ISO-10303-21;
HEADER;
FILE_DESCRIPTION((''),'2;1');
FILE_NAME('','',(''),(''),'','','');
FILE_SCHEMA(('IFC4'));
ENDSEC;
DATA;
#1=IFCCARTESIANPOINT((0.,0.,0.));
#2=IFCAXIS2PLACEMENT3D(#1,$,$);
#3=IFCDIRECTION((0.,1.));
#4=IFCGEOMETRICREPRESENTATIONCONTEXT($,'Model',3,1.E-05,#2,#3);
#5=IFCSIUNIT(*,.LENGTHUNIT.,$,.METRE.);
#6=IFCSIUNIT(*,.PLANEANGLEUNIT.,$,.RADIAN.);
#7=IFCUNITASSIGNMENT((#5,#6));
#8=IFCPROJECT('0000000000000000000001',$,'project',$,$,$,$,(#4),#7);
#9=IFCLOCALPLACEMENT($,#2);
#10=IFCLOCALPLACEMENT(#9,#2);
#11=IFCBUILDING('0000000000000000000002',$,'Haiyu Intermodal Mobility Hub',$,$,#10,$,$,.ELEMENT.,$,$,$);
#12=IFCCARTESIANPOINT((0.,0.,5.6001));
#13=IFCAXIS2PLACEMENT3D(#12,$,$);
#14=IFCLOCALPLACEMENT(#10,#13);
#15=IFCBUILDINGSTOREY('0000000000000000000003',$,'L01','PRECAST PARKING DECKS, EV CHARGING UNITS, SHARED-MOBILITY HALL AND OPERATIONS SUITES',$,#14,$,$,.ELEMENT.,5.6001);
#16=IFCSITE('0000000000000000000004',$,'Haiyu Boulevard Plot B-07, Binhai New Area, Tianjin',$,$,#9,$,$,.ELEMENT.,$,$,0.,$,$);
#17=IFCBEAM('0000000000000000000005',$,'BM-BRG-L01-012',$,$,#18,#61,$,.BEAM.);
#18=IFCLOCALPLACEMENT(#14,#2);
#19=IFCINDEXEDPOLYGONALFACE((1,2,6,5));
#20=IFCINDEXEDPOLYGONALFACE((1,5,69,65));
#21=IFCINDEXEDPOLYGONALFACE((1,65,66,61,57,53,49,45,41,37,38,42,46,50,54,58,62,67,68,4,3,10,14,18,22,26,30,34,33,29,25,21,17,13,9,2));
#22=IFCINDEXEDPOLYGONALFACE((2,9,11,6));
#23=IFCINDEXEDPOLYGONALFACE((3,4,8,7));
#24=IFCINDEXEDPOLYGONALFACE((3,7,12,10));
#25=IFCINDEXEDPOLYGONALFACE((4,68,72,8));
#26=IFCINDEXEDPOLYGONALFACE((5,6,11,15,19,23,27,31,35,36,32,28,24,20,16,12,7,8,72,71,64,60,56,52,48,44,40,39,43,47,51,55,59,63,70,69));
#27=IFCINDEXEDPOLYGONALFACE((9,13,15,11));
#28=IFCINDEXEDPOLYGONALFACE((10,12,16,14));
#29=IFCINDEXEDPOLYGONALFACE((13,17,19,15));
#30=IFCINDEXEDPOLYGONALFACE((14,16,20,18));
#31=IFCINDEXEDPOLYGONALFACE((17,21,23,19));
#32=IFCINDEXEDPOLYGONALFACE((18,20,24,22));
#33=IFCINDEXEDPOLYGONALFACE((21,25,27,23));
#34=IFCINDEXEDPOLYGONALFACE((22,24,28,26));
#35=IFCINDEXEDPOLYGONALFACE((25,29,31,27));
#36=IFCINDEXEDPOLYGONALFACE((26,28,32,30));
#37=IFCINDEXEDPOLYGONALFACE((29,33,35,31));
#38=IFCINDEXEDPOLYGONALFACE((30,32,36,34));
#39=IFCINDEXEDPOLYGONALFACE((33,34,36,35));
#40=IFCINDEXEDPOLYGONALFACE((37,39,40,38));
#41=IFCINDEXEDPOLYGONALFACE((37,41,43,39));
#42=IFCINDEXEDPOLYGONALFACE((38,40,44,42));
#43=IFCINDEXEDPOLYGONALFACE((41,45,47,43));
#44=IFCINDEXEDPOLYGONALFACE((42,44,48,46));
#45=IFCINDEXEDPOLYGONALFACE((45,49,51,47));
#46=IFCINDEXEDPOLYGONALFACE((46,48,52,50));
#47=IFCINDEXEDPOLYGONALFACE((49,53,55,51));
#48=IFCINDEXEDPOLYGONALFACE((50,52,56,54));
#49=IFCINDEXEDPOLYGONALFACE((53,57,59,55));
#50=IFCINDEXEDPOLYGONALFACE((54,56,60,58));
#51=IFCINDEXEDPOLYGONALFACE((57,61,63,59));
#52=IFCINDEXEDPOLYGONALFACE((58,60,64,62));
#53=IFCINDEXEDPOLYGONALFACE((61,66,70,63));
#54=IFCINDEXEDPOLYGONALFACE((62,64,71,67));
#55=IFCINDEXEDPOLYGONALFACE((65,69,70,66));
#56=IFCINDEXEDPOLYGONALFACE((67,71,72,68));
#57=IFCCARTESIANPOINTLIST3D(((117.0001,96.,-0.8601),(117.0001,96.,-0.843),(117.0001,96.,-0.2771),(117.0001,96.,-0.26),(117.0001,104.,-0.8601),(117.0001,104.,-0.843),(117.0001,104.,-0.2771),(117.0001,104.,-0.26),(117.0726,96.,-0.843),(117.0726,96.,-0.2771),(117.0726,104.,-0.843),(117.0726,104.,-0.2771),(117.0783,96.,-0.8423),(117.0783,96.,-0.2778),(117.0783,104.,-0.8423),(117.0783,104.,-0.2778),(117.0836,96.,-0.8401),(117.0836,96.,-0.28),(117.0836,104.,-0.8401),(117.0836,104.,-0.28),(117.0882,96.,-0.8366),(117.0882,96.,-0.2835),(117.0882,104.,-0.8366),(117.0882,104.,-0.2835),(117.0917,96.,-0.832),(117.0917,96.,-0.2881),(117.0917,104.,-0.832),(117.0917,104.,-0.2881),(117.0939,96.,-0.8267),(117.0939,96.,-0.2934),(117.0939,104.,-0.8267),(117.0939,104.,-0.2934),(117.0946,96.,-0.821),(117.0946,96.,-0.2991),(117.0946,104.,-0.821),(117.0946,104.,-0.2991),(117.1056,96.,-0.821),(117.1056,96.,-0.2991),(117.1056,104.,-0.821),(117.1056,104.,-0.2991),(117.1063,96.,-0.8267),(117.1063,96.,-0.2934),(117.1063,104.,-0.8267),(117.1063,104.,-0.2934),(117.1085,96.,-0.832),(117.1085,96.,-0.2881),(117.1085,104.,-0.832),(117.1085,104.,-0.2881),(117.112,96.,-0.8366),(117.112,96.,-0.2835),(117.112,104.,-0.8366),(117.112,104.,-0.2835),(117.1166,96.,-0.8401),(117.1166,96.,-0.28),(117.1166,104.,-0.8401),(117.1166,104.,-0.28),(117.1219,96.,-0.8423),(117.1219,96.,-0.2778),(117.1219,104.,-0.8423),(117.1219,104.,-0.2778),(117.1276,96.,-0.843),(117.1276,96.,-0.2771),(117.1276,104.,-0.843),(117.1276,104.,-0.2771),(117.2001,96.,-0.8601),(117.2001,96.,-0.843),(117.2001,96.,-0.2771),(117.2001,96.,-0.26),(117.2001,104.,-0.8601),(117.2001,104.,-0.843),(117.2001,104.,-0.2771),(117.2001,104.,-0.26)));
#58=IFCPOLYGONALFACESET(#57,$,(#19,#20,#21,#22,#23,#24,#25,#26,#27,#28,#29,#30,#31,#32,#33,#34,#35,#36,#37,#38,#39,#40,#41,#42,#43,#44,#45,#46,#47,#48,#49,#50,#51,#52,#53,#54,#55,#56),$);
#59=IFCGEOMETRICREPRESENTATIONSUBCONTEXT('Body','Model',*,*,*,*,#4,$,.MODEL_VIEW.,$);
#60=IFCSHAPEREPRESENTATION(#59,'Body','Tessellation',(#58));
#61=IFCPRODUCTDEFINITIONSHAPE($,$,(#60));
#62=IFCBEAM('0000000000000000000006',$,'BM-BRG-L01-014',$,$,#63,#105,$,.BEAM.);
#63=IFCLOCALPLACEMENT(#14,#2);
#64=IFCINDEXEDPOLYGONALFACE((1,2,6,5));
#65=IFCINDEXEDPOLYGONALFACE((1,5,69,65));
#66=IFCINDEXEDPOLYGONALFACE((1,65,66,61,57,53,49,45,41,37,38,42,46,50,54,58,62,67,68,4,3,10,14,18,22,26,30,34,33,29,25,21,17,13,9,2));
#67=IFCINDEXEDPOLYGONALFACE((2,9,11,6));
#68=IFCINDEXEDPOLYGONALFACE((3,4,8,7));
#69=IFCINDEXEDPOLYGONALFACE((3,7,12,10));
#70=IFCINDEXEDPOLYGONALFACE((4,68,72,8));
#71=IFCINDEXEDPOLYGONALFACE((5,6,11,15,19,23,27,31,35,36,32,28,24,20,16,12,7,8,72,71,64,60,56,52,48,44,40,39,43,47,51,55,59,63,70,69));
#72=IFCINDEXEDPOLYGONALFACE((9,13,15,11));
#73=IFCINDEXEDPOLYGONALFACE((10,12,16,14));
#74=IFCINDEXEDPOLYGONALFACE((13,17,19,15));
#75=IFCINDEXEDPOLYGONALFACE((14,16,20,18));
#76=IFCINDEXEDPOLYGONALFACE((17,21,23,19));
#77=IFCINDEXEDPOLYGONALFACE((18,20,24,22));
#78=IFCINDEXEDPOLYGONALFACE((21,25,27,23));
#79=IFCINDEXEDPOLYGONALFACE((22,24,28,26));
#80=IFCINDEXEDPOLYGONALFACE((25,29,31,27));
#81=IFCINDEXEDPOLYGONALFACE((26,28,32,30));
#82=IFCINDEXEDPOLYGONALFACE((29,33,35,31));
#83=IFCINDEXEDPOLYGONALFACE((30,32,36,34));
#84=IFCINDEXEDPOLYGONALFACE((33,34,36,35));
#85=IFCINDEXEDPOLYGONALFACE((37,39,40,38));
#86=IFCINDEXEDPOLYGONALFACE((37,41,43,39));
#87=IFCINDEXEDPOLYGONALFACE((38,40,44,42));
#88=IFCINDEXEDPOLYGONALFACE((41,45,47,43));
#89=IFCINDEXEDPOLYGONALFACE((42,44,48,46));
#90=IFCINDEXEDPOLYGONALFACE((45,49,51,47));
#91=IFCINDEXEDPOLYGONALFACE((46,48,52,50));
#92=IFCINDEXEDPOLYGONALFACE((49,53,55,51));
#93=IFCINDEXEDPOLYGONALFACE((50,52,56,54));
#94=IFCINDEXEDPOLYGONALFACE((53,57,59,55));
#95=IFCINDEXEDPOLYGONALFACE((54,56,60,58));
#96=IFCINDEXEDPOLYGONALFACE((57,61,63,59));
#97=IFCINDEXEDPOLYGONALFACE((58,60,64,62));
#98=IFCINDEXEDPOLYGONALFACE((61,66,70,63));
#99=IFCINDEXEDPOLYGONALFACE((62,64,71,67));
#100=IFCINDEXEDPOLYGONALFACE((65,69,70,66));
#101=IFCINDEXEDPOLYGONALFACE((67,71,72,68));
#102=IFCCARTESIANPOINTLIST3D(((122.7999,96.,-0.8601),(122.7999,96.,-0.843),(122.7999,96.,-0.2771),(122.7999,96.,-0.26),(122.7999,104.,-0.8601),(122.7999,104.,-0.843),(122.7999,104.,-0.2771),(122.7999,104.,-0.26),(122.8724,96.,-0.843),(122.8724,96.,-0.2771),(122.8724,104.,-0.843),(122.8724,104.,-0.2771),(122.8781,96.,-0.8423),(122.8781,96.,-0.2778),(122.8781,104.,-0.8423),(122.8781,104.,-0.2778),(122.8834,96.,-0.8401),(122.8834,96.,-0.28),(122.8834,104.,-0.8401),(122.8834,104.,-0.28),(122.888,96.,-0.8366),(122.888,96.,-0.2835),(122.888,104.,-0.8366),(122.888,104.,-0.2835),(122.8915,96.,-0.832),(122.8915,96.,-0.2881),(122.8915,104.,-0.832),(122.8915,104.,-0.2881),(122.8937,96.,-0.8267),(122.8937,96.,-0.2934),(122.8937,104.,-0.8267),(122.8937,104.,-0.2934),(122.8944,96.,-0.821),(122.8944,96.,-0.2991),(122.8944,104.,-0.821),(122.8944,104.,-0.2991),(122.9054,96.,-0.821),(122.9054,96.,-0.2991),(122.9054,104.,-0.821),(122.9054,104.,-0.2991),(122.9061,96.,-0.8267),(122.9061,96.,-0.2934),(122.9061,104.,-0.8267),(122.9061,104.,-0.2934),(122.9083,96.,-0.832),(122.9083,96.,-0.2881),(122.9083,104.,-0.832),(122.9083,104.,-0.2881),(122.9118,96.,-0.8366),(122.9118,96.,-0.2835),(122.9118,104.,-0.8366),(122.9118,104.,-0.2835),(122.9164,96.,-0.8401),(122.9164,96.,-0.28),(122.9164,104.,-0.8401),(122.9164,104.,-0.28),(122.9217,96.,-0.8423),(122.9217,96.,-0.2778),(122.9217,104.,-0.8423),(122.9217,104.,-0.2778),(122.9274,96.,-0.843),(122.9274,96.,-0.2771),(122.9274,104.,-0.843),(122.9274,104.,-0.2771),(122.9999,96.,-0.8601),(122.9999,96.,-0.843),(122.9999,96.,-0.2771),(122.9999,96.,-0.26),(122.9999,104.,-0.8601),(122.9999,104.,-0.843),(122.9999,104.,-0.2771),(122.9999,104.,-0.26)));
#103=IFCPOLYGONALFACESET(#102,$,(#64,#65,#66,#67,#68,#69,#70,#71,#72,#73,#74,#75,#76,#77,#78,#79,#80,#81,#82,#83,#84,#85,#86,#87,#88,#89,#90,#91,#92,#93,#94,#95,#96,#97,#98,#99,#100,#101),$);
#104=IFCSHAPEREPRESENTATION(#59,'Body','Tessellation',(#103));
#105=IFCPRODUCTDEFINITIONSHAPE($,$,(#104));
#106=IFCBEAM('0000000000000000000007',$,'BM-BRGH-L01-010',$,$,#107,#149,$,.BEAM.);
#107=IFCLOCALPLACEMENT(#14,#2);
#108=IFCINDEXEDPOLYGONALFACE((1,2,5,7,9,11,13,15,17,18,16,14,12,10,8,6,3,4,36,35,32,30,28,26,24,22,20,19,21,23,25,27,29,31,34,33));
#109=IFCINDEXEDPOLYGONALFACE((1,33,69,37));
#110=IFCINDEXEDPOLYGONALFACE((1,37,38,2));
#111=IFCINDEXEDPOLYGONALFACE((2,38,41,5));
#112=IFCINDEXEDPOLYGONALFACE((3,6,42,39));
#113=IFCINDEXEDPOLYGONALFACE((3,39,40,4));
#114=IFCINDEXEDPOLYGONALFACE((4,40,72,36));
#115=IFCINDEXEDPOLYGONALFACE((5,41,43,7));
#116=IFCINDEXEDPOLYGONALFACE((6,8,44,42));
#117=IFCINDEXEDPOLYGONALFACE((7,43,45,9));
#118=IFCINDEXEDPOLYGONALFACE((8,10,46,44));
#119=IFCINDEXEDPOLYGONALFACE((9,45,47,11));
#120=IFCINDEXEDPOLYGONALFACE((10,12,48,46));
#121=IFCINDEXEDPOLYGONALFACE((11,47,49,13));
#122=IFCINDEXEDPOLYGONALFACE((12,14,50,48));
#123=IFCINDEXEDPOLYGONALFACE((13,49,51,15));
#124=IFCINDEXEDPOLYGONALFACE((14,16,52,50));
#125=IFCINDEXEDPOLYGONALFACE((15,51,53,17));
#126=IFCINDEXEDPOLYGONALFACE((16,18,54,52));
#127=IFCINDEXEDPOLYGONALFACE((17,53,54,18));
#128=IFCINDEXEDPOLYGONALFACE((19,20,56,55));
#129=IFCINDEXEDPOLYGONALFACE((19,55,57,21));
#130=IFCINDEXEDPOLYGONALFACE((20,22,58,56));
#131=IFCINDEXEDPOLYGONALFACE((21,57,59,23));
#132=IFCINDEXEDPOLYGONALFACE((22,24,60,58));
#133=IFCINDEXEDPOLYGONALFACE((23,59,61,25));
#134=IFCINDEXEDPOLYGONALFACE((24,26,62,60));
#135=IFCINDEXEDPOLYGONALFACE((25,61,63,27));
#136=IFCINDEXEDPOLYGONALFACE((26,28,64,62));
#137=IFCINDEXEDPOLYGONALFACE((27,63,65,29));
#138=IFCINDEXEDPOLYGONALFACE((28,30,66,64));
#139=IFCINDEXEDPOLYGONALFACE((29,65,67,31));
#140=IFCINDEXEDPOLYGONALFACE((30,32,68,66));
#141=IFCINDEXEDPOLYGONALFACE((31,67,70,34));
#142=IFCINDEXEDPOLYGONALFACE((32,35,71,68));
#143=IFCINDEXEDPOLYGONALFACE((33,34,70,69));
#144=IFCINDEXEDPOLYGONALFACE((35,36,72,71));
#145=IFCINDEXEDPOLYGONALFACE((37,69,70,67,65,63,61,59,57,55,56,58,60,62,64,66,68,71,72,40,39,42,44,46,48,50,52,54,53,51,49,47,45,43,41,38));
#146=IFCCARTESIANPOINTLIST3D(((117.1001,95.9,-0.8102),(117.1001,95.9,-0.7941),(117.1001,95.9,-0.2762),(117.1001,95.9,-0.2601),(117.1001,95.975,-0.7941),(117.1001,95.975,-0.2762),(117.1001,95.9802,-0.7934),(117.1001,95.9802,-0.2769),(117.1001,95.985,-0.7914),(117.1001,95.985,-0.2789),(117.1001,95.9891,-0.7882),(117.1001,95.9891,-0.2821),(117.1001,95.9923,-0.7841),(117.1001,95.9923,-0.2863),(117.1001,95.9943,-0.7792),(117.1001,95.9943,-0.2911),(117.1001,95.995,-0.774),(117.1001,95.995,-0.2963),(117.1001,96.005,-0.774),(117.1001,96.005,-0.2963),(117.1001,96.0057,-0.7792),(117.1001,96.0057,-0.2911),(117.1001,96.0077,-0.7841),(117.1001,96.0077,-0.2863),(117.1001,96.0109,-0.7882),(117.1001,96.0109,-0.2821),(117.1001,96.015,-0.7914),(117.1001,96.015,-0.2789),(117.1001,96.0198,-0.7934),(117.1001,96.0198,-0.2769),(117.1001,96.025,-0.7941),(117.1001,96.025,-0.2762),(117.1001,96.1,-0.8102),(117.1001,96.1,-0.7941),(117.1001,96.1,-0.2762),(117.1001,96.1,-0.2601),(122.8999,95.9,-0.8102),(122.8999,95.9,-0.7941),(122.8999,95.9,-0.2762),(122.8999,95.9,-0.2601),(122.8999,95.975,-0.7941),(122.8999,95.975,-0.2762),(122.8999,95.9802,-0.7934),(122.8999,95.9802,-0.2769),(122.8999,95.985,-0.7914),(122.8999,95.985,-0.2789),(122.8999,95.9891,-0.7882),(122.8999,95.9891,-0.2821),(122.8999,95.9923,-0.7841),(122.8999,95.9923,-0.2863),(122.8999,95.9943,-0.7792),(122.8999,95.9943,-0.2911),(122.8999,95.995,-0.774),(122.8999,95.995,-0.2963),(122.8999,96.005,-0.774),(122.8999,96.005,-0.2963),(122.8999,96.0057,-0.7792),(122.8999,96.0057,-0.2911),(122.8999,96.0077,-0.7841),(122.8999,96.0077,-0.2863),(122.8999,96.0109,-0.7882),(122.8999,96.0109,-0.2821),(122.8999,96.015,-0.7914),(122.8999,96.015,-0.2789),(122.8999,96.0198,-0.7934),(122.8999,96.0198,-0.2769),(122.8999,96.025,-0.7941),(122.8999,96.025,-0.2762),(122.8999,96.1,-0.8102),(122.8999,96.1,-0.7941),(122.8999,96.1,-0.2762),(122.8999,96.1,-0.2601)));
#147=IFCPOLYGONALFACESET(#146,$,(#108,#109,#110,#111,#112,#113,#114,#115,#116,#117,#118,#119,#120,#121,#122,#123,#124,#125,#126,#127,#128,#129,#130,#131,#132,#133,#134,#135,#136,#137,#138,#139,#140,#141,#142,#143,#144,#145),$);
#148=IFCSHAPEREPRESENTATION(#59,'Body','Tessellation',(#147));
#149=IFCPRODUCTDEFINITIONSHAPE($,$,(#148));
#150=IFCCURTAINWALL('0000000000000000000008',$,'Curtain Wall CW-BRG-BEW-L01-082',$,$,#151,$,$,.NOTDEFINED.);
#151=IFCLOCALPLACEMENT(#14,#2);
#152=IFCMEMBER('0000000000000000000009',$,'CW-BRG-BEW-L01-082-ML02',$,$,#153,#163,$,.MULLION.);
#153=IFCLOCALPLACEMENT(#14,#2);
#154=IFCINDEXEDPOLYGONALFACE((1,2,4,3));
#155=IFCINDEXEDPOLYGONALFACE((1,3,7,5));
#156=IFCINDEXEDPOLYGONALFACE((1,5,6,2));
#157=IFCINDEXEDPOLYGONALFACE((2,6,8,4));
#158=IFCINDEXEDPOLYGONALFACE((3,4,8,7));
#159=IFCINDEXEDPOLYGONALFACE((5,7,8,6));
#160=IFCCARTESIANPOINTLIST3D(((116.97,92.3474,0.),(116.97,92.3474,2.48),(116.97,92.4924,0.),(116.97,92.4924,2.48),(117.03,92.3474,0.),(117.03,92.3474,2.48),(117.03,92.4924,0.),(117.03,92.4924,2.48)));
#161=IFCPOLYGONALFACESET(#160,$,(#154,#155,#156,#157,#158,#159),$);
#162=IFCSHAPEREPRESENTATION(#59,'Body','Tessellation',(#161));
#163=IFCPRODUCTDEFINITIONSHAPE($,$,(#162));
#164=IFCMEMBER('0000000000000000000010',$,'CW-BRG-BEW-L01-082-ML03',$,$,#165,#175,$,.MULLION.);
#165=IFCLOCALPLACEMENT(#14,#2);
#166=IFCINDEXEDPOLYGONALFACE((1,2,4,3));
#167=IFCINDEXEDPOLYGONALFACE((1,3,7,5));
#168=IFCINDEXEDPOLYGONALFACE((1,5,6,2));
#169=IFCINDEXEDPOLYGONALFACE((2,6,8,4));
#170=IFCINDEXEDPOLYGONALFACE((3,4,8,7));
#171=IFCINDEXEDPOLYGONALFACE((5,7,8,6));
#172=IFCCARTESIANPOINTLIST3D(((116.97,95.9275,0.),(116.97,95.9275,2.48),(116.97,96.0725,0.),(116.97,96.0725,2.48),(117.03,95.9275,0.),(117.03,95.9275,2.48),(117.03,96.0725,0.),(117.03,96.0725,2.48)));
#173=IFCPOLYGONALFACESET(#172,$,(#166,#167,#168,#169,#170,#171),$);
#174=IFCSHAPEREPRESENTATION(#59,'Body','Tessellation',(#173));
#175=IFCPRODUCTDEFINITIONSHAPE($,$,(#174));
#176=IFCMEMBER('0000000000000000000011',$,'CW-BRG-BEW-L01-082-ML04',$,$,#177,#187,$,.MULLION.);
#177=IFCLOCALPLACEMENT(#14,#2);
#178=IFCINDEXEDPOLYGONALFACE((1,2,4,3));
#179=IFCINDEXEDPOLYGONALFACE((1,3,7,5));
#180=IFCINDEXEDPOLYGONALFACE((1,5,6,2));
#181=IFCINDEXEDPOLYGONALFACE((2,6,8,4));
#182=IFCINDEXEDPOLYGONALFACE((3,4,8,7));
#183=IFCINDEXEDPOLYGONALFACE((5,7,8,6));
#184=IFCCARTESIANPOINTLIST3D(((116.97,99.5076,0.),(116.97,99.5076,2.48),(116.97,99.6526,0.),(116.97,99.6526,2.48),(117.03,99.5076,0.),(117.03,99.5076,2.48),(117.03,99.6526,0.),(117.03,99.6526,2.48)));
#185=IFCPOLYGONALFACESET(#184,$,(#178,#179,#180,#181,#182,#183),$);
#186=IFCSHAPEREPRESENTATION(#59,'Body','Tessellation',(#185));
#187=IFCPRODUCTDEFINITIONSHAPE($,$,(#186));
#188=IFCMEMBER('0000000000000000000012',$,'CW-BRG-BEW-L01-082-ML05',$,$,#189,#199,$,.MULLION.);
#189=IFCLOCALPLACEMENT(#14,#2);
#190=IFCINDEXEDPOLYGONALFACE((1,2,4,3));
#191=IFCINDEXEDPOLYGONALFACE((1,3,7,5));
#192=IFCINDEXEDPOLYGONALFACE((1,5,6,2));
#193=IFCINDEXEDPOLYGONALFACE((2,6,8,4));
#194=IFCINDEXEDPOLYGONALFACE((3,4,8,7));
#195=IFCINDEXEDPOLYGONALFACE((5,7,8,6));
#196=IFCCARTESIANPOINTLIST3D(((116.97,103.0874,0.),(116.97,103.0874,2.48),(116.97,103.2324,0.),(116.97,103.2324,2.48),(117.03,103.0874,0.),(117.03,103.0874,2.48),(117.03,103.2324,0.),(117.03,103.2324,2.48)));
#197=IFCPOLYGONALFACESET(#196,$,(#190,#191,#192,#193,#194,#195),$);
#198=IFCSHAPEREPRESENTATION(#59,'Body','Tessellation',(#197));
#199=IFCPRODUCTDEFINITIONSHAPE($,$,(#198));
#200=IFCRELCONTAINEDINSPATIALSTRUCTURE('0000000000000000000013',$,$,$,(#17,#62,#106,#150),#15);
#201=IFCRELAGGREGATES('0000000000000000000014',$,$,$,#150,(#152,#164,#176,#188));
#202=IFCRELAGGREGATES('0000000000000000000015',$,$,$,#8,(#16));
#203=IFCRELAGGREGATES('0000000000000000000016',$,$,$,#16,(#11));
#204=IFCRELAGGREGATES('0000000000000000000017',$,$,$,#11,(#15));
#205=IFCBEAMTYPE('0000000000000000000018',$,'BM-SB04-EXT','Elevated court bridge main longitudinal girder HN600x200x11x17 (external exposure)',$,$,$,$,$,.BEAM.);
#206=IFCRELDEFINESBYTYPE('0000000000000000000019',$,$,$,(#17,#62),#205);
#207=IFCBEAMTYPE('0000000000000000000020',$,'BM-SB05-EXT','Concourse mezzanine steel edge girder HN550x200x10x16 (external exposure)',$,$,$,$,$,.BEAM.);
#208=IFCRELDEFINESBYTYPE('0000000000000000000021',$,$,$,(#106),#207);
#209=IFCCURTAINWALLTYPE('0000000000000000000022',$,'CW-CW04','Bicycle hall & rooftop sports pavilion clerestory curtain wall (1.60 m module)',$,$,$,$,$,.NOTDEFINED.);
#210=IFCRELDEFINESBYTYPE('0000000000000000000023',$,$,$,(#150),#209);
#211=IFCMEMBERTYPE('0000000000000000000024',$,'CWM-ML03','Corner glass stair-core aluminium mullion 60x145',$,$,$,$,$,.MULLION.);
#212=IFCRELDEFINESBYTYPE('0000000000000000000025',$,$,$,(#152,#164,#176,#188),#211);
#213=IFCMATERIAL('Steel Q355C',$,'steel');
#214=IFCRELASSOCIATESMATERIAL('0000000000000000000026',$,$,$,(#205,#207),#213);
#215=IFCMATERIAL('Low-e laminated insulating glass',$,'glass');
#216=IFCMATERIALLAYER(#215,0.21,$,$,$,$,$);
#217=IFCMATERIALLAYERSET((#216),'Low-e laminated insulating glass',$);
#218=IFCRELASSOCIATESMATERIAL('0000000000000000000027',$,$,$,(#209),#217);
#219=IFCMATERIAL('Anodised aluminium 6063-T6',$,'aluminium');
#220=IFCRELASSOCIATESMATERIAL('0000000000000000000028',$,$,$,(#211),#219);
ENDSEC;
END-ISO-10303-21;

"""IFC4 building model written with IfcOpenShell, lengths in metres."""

from ifc_helpers import new_model, si_unit, direction, frame, origin, origin_2d, place, context, subcontext, project, spatial, rectangle, i_section, extrude, material, layer, layer_set, material_profile, profile_set, type_object, element, aggregate, save


model = new_model("IFC4")

# Units and contexts
model_context = context("Model", 3, precision=1e-05, world=origin(), true_north=direction((0.0, 1.0)))
body_context = subcontext(model_context, "Body", "Model", "MODEL_VIEW")
ifc_project = project(units=[si_unit("LENGTHUNIT", "METRE"), si_unit("PLANEANGLEUNIT", "RADIAN")], contexts=[model_context])

# Site, building, storey
site_placement = place(None, origin())
site = spatial("IfcSite", under=ifc_project, at=site_placement, Name="Haiyu Boulevard Plot B-07, Binhai New Area, Tianjin", CompositionType="ELEMENT", RefElevation=0.0)
building_placement = place(site_placement, origin())
building = spatial("IfcBuilding", under=site, at=building_placement, Name="Haiyu Intermodal Mobility Hub", CompositionType="ELEMENT")
storey_placement = place(building_placement, frame((0.0, 0.0, 5.6001)))
storey = spatial("IfcBuildingStorey", under=building, at=storey_placement, Name="L01", Description="PRECAST PARKING DECKS, EV CHARGING UNITS, SHARED-MOBILITY HALL AND OPERATIONS SUITES", CompositionType="ELEMENT", Elevation=5.6001)

# Beams
ifc_material_1 = material(Name="Steel Q355C", Category="steel")
ifc_material_profile_1 = material_profile(ifc_material_1, i_section(OverallWidth=0.2, OverallDepth=0.6001, WebThickness=0.011, FlangeThickness=0.0171, FilletRadius=0.022, at=origin_2d()), Name="HN600x200x11x17")
ifc_profile_set_1 = profile_set([ifc_material_profile_1], Name="Steel Q355C")
beam_type_1 = type_object("IfcBeamType", Name="BM-SB04-EXT", Description="Elevated court bridge main longitudinal girder HN600x200x11x17 (external exposure)", PredefinedType="BEAM", material=ifc_profile_set_1)
for number, where, z_axis, x_axis, name in (
    (1, (117.1001, 96.0, -0.5601), (0.0, 1.0, 0.0), (-1.0, 0.0, 0.0), "BM-BRG-L01-012"),
    (2, (122.8999, 96.0, -0.5601), (0.0, 1.0, 0.0), (-1.0, 0.0, 0.0), "BM-BRG-L01-014"),
):
    element("IfcBeam", number, at=place(storey_placement, frame(where, z_axis=z_axis, x_axis=x_axis)), inside=storey, type_object=beam_type_1, Name=name, PredefinedType="BEAM", context=body_context, shape_type="SweptSolid", body=[
        extrude(i_section(OverallWidth=0.2, OverallDepth=0.6001, WebThickness=0.011, FlangeThickness=0.0171, FilletRadius=0.022, at=origin_2d()), origin(), (0.0, 0.0, 1.0), 8.0),
    ])
ifc_material_profile_2 = material_profile(ifc_material_1, i_section(OverallWidth=0.2, OverallDepth=0.55, WebThickness=0.01, FlangeThickness=0.0161, FilletRadius=0.02, at=origin_2d()), Name="HN550x200x10x16")
ifc_profile_set_2 = profile_set([ifc_material_profile_2], Name="Steel Q355C")
beam_type_2 = type_object("IfcBeamType", Name="BM-SB05-EXT", Description="Concourse mezzanine steel edge girder HN550x200x10x16 (external exposure)", PredefinedType="BEAM", material=ifc_profile_set_2)
beam_placement = place(storey_placement, frame((117.1001, 96.0, -0.5352), z_axis=(1.0, 0.0, 0.0), x_axis=(0.0, 1.0, 0.0)))
element("IfcBeam", 3, at=beam_placement, inside=storey, type_object=beam_type_2, Name="BM-BRGH-L01-010", PredefinedType="BEAM", context=body_context, shape_type="SweptSolid", body=[
    extrude(i_section(OverallWidth=0.2, OverallDepth=0.55, WebThickness=0.01, FlangeThickness=0.0161, FilletRadius=0.02, at=origin_2d()), origin(), (0.0, 0.0, 1.0), 5.7998),
])

# Curtain wall, members
ifc_material_2 = material(Name="Low-e laminated insulating glass", Category="glass")
ifc_layer_1 = layer(ifc_material_2, 0.21)
ifc_layer_set_1 = layer_set([ifc_layer_1], Name="Low-e laminated insulating glass")
curtain_wall_type = type_object("IfcCurtainWallType", Name="CW-CW04", Description="Bicycle hall & rooftop sports pavilion clerestory curtain wall (1.60 m module)", PredefinedType="NOTDEFINED", material=ifc_layer_set_1)
curtain_wall_placement = place(storey_placement, origin())
curtain_wall = element("IfcCurtainWall", 4, at=curtain_wall_placement, inside=storey, type_object=curtain_wall_type, Name="Curtain Wall CW-BRG-BEW-L01-082", PredefinedType="NOTDEFINED")
ifc_material_3 = material(Name="Anodised aluminium 6063-T6", Category="aluminium")
ifc_material_profile_3 = material_profile(ifc_material_3, rectangle(XDim=0.0601, YDim=0.145, at=origin_2d()), Name="ALU60x145")
ifc_profile_set_3 = profile_set([ifc_material_profile_3], Name="Anodised aluminium 6063-T6")
member_type_1 = type_object("IfcMemberType", Name="CWM-ML03", Description="Corner glass stair-core aluminium mullion 60x145", PredefinedType="MULLION", material=ifc_profile_set_3)
member_1_placement = place(storey_placement, frame((117.0, 92.4199, 0.0), z_axis=(0.0, 0.0, 1.0), x_axis=(1.0, 0.0, 0.0)))
member_1 = element("IfcMember", 5, at=member_1_placement, type_object=member_type_1, Name="CW-BRG-BEW-L01-082-ML02", PredefinedType="MULLION", context=body_context, shape_type="SweptSolid", body=[
    extrude(rectangle(XDim=0.0601, YDim=0.145, at=origin_2d()), origin(), (0.0, 0.0, 1.0), 2.48),
])
member_2_placement = place(storey_placement, frame((117.0, 96.0, 0.0), z_axis=(0.0, 0.0, 1.0), x_axis=(1.0, 0.0, 0.0)))
member_2 = element("IfcMember", 6, at=member_2_placement, type_object=member_type_1, Name="CW-BRG-BEW-L01-082-ML03", PredefinedType="MULLION", context=body_context, shape_type="SweptSolid", body=[
    extrude(rectangle(XDim=0.0601, YDim=0.145, at=origin_2d()), origin(), (0.0, 0.0, 1.0), 2.48),
])
member_3_placement = place(storey_placement, frame((117.0, 99.5801, 0.0), z_axis=(0.0, 0.0, 1.0), x_axis=(1.0, 0.0, 0.0)))
member_3 = element("IfcMember", 7, at=member_3_placement, type_object=member_type_1, Name="CW-BRG-BEW-L01-082-ML04", PredefinedType="MULLION", context=body_context, shape_type="SweptSolid", body=[
    extrude(rectangle(XDim=0.0601, YDim=0.145, at=origin_2d()), origin(), (0.0, 0.0, 1.0), 2.48),
])
member_4_placement = place(storey_placement, frame((117.0, 103.1599, 0.0), z_axis=(0.0, 0.0, 1.0), x_axis=(1.0, 0.0, 0.0)))
member_4 = element("IfcMember", 8, at=member_4_placement, type_object=member_type_1, Name="CW-BRG-BEW-L01-082-ML05", PredefinedType="MULLION", context=body_context, shape_type="SweptSolid", body=[
    extrude(rectangle(XDim=0.0601, YDim=0.145, at=origin_2d()), origin(), (0.0, 0.0, 1.0), 2.48),
])

aggregate(curtain_wall, [member_1, member_2, member_3, member_4])

save(model, "model.ifc")
